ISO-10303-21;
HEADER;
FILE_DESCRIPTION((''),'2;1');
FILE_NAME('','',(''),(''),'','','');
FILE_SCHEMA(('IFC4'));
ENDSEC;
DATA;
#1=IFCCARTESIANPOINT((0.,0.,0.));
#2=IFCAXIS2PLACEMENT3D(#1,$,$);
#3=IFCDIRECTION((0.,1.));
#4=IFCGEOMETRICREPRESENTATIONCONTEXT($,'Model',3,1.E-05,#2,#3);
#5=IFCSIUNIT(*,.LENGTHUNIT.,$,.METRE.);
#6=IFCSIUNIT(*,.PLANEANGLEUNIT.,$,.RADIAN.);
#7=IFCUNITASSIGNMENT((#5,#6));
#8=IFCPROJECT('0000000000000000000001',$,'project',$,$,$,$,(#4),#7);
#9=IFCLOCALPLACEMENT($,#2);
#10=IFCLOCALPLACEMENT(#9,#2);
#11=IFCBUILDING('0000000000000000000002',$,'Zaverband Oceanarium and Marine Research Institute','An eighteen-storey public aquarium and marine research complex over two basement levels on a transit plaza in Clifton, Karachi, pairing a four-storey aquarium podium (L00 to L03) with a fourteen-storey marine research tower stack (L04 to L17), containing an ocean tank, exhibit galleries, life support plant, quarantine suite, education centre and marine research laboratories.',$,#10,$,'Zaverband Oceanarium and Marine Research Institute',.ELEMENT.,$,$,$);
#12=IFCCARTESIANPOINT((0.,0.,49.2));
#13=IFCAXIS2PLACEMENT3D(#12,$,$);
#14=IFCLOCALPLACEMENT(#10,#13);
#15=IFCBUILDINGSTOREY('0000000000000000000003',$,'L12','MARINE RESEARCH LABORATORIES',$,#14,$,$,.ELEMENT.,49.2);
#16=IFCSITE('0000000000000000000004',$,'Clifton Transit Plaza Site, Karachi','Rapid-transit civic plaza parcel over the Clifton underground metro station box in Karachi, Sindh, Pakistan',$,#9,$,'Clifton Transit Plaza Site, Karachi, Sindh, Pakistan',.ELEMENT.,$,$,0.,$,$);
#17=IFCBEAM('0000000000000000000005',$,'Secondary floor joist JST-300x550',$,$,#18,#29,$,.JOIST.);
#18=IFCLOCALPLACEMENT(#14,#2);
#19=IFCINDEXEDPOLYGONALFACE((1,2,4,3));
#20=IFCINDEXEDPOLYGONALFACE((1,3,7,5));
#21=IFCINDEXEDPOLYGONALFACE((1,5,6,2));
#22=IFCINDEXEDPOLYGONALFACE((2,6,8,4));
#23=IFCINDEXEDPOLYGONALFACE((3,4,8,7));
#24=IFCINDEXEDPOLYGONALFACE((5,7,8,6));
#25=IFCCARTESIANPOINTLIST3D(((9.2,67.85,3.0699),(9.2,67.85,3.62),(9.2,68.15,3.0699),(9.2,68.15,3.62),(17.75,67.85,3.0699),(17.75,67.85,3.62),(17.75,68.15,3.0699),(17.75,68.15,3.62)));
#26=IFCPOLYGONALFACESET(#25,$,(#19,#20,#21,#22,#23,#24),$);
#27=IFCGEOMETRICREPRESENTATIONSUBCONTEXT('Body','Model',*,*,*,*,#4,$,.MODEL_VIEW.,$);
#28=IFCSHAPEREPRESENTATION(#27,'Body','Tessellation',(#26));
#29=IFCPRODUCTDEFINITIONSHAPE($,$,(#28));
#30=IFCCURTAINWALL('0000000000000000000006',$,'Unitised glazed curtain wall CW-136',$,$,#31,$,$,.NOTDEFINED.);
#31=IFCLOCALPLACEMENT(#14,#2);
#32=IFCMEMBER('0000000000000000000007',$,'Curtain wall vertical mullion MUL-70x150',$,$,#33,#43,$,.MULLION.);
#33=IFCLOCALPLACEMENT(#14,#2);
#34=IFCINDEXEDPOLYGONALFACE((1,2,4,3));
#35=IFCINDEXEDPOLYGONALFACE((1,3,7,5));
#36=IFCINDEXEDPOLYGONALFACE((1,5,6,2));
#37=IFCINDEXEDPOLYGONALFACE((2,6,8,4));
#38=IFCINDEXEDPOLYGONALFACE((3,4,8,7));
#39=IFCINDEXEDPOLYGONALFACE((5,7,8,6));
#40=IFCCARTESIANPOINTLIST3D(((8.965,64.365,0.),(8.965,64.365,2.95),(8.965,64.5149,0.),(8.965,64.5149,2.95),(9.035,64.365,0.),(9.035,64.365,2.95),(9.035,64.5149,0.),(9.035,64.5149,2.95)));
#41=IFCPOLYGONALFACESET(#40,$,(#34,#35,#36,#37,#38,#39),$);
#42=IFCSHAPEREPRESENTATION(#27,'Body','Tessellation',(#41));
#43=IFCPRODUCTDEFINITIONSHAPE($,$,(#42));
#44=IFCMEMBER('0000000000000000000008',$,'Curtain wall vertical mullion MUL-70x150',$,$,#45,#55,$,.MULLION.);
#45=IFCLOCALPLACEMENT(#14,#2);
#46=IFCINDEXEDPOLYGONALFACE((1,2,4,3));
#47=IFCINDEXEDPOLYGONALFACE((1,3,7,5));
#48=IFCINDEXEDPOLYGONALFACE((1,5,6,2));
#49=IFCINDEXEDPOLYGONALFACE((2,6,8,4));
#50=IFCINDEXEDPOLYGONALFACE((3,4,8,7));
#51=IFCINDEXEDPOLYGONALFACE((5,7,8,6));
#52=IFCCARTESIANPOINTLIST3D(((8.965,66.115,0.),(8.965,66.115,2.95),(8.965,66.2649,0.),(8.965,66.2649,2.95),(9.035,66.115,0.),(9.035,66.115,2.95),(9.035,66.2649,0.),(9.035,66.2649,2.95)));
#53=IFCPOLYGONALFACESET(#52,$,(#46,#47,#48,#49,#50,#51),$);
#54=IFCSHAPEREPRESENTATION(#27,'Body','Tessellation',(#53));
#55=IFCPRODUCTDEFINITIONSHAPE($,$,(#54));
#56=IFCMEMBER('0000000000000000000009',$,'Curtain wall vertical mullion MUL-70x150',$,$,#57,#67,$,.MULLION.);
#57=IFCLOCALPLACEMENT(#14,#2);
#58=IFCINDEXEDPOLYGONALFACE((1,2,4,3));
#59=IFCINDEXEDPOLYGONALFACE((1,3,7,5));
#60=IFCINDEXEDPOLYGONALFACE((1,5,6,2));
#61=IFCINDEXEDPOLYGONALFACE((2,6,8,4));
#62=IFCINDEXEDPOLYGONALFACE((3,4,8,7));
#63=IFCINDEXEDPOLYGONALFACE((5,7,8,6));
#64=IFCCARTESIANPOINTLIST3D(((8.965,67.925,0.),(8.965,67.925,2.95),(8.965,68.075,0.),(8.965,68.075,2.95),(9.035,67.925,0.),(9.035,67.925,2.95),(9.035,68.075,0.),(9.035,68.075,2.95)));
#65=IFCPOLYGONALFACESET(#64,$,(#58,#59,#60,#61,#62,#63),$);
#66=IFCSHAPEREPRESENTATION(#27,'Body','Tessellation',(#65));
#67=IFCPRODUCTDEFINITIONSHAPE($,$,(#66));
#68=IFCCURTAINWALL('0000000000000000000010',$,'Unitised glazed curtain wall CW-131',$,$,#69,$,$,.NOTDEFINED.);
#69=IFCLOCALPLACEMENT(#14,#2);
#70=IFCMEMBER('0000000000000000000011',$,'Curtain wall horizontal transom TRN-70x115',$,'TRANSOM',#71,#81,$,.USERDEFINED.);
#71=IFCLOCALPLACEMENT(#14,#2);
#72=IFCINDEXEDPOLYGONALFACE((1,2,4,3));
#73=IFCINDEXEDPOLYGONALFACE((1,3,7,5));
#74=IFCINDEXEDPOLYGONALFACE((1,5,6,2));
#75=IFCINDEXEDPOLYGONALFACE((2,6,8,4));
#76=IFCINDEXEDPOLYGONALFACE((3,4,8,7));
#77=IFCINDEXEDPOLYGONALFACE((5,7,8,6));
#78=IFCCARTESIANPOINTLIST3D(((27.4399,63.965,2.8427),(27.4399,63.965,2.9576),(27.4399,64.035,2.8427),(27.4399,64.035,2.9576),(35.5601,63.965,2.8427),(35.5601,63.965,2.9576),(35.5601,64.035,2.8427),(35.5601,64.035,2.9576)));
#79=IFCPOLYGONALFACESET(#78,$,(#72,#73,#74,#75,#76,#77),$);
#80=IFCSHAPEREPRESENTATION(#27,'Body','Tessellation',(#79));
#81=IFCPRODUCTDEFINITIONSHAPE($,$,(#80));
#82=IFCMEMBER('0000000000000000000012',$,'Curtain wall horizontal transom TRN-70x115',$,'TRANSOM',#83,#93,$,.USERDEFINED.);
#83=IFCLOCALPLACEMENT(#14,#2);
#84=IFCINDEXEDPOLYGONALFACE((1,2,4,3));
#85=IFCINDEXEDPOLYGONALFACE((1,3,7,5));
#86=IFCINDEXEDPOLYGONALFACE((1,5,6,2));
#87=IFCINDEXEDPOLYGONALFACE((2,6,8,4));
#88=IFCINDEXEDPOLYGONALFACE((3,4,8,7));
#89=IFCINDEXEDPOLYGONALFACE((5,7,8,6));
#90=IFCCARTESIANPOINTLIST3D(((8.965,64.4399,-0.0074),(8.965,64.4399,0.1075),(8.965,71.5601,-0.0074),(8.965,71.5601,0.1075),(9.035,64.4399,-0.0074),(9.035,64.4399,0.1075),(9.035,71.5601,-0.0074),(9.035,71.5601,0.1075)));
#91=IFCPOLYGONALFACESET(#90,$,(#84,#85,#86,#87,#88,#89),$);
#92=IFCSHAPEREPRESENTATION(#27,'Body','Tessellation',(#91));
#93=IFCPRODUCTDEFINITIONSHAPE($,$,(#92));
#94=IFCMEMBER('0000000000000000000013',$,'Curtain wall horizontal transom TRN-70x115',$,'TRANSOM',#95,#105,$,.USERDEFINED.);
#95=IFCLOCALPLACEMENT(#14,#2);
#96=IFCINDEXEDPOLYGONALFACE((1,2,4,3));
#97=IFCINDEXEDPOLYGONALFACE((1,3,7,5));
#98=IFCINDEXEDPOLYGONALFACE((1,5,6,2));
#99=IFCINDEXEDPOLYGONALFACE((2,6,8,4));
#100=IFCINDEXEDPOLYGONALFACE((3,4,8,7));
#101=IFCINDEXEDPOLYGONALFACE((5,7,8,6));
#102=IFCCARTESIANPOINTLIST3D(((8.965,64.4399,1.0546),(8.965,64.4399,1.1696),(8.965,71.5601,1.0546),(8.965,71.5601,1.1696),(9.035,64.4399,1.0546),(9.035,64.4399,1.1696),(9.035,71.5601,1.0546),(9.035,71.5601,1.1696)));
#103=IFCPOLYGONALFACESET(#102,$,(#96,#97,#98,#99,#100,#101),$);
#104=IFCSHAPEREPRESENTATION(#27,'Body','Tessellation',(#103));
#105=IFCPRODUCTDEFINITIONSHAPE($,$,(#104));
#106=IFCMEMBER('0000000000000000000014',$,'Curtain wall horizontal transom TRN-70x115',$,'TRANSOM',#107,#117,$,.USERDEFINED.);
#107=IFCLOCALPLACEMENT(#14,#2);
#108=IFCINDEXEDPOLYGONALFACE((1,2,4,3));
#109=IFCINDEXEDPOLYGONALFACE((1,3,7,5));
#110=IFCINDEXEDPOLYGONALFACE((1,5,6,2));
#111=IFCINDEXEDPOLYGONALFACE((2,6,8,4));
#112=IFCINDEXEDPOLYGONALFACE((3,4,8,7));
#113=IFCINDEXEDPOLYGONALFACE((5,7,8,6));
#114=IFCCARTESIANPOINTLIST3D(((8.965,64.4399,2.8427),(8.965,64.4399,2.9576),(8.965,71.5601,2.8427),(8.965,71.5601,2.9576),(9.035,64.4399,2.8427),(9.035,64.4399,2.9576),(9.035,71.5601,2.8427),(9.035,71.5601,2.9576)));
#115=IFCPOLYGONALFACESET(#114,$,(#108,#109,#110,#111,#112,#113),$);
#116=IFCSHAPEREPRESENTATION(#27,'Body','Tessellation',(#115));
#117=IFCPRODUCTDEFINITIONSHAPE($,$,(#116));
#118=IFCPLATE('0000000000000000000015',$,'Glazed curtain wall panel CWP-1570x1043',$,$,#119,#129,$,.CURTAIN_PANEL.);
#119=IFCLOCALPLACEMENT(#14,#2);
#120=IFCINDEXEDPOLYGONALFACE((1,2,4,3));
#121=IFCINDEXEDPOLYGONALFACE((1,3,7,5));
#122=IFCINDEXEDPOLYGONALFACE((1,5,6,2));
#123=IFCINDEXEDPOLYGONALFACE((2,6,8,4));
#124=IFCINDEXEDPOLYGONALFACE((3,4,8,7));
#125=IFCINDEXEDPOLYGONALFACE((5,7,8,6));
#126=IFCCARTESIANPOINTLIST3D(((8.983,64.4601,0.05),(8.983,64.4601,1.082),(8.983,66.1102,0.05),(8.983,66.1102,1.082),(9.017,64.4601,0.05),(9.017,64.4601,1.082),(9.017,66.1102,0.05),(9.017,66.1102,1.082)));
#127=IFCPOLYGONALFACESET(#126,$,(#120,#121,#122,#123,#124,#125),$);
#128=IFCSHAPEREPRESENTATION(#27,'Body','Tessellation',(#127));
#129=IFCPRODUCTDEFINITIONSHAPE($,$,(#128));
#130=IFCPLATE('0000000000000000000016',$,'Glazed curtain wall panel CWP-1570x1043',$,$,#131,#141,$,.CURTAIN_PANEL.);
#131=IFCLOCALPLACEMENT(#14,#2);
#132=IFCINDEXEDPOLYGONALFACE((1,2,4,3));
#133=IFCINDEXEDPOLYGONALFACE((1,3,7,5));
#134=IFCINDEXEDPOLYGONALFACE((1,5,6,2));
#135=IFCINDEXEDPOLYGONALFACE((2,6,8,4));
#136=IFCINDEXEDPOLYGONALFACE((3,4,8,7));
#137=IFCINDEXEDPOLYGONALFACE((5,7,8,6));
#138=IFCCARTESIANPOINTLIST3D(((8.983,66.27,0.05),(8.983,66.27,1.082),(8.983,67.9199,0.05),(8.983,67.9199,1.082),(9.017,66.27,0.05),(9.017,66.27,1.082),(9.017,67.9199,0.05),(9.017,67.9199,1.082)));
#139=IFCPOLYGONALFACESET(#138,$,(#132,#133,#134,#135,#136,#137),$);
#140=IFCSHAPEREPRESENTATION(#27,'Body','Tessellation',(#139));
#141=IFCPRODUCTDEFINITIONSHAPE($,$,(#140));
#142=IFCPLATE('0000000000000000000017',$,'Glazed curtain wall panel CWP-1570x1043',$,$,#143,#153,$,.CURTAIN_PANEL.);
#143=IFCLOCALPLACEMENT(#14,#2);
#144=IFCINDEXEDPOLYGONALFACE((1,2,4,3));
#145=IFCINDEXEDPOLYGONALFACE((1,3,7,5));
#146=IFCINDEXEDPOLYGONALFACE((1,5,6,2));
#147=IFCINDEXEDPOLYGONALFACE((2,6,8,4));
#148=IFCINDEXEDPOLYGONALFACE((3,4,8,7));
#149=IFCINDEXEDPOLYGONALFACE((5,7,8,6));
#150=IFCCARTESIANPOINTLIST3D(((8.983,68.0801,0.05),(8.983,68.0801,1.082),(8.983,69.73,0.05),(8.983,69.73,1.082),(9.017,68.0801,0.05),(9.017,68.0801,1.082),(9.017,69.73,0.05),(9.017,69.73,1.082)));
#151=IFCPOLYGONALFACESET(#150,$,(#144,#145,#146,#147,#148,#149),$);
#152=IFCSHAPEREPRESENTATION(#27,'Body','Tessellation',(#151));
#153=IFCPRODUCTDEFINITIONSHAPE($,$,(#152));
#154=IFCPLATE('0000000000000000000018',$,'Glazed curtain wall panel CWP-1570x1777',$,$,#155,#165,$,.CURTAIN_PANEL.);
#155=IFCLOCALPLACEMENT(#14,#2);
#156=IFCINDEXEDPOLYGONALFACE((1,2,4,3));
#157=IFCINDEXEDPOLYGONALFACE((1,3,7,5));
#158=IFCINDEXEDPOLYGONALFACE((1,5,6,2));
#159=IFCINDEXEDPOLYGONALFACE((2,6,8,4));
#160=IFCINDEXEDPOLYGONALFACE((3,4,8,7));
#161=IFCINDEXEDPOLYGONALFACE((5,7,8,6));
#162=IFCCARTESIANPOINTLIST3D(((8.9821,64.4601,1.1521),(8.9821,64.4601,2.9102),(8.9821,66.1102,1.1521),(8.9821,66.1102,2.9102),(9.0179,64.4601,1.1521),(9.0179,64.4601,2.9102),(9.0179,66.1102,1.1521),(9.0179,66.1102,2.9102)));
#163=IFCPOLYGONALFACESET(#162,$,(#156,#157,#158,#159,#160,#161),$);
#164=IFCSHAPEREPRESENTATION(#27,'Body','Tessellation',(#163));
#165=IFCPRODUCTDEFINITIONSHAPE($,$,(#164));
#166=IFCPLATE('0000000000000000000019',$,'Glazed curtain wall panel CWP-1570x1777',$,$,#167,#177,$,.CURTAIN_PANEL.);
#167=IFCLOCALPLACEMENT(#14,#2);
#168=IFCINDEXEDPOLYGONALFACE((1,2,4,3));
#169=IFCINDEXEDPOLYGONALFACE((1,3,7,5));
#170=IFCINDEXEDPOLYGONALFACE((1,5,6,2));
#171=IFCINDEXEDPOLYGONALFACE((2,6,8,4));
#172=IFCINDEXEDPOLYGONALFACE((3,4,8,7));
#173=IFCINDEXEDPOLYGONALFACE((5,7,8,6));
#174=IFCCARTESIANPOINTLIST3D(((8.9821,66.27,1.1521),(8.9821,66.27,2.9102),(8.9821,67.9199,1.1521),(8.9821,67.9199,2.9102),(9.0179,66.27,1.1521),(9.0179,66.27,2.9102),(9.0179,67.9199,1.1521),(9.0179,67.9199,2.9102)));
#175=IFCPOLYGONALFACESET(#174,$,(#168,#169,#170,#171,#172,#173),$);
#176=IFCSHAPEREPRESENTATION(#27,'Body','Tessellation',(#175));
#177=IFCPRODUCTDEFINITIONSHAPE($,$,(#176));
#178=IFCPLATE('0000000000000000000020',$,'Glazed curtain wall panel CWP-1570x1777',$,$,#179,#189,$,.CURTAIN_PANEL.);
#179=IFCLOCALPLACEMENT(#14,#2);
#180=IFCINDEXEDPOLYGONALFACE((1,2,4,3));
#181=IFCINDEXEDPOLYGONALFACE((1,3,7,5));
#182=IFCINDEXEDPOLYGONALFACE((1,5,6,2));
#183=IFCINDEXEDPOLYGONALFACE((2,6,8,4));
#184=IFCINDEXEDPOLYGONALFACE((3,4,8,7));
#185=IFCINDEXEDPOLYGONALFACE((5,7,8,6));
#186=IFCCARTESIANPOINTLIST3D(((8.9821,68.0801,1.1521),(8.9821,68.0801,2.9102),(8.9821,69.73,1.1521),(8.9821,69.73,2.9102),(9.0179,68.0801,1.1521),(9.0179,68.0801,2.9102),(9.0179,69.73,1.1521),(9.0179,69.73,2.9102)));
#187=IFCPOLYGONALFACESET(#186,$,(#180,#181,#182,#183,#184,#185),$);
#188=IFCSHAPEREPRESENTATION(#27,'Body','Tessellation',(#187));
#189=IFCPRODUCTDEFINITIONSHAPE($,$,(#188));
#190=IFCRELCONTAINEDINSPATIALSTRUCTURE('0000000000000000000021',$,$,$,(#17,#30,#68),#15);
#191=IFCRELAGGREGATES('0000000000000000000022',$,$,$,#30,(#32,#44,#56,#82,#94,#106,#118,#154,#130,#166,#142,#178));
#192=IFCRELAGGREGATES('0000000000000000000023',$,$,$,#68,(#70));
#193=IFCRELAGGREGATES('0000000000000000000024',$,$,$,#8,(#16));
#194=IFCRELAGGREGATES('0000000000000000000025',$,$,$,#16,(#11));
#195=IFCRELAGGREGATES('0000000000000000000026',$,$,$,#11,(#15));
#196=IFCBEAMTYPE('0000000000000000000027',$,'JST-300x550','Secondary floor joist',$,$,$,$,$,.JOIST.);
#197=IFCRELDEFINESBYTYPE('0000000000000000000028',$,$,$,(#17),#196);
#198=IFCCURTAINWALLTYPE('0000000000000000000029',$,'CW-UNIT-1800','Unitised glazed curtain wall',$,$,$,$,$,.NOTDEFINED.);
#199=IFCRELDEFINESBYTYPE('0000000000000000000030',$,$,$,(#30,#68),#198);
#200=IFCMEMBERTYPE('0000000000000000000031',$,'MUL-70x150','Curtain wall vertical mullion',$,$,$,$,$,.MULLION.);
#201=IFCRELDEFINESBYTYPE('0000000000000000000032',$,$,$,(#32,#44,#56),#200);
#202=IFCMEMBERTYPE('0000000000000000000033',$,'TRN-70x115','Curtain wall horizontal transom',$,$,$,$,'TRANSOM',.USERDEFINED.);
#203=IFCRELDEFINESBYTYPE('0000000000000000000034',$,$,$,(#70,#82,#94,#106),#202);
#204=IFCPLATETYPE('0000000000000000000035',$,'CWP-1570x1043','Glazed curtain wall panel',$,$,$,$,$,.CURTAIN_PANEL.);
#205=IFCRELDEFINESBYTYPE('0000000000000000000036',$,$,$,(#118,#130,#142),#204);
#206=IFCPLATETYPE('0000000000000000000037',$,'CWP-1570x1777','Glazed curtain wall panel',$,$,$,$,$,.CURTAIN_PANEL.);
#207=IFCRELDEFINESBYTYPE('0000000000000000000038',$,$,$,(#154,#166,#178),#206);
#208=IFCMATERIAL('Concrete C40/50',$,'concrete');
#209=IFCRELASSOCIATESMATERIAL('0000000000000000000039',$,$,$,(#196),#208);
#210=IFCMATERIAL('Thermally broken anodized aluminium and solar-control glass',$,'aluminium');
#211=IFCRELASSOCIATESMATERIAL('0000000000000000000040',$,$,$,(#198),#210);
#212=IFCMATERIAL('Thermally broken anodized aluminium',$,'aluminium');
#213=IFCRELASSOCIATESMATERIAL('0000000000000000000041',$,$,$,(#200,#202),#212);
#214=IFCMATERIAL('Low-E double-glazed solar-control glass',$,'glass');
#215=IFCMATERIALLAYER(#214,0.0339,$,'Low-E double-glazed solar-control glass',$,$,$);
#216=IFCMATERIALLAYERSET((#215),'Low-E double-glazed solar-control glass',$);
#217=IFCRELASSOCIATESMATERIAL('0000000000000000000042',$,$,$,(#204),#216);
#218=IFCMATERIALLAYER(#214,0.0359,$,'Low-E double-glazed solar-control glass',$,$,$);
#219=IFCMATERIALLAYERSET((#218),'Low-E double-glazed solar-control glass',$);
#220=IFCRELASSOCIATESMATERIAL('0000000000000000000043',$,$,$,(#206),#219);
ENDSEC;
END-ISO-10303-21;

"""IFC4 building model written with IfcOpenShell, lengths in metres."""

from ifc_helpers import new_model, si_unit, direction, frame, frame_2d, origin, origin_2d, place, context, subcontext, project, spatial, rectangle, extrude, material, layer, layer_set, material_profile, profile_set, type_object, element, aggregate, save


model = new_model("IFC4")

# Units and contexts
model_context = context("Model", 3, precision=1e-05, world=origin(), true_north=direction((0.0, 1.0)))
body_context = subcontext(model_context, "Body", "Model", "MODEL_VIEW")
ifc_project = project(units=[si_unit("LENGTHUNIT", "METRE"), si_unit("PLANEANGLEUNIT", "RADIAN")], contexts=[model_context])

# Site, building, storey
site_placement = place(None, origin())
site = spatial("IfcSite", under=ifc_project, at=site_placement, Name="Clifton Transit Plaza Site, Karachi", Description="Rapid-transit civic plaza parcel over the Clifton underground metro station box in Karachi, Sindh, Pakistan", LongName="Clifton Transit Plaza Site, Karachi, Sindh, Pakistan", CompositionType="ELEMENT", RefElevation=0.0)
building_placement = place(site_placement, origin())
building = spatial("IfcBuilding", under=site, at=building_placement, Name="Zaverband Oceanarium and Marine Research Institute", Description="An eighteen-storey public aquarium and marine research complex over two basement levels on a transit plaza in Clifton, Karachi, pairing a four-storey aquarium podium (L00 to L03) with a fourteen-storey marine research tower stack (L04 to L17), containing an ocean tank, exhibit galleries, life support plant, quarantine suite, education centre and marine research laboratories.", LongName="Zaverband Oceanarium and Marine Research Institute", CompositionType="ELEMENT")
storey_placement = place(building_placement, frame((0.0, 0.0, 49.2)))
storey = spatial("IfcBuildingStorey", under=building, at=storey_placement, Name="L12", Description="MARINE RESEARCH LABORATORIES", CompositionType="ELEMENT", Elevation=49.2)

# Beam
ifc_material_1 = material(Name="Concrete C40/50", Category="concrete")
ifc_material_profile_1 = material_profile(ifc_material_1, rectangle(XDim=0.3, YDim=0.55, at=origin_2d()), Name="RC300x550")
ifc_profile_set_1 = profile_set([ifc_material_profile_1], Name="Concrete C40/50")
beam_type = type_object("IfcBeamType", Name="JST-300x550", Description="Secondary floor joist", PredefinedType="JOIST", material=ifc_profile_set_1)
beam_placement = place(storey_placement, frame((9.2, 68.0, 3.345), z_axis=(1.0, 0.0, 0.0), x_axis=(0.0, 1.0, 0.0)))
element("IfcBeam", 1, at=beam_placement, inside=storey, type_object=beam_type, Name="Secondary floor joist JST-300x550", PredefinedType="JOIST", context=body_context, shape_type="SweptSolid", body=[
    extrude(rectangle(XDim=0.3, YDim=0.55, at=origin_2d()), origin(), (0.0, 0.0, 1.0), 8.55),
])

# Curtain wall, members
ifc_material_2 = material(Name="Thermally broken anodized aluminium and solar-control glass", Category="aluminium")
curtain_wall_type = type_object("IfcCurtainWallType", Name="CW-UNIT-1800", Description="Unitised glazed curtain wall", PredefinedType="NOTDEFINED", material=ifc_material_2)
curtain_wall_1_placement = place(storey_placement, origin())
curtain_wall_1 = element("IfcCurtainWall", 2, at=curtain_wall_1_placement, inside=storey, type_object=curtain_wall_type, Name="Unitised glazed curtain wall CW-136", PredefinedType="NOTDEFINED")
ifc_material_3 = material(Name="Thermally broken anodized aluminium", Category="aluminium")
ifc_material_profile_2 = material_profile(ifc_material_3, rectangle(XDim=0.0701, YDim=0.1499, at=origin_2d()), Name="AL-MUL-70x150")
ifc_profile_set_2 = profile_set([ifc_material_profile_2], Name="Thermally broken anodized aluminium")
member_type_1 = type_object("IfcMemberType", Name="MUL-70x150", Description="Curtain wall vertical mullion", PredefinedType="MULLION", material=ifc_profile_set_2)
member_1_placement = place(storey_placement, frame((9.0, 64.4399, 0.0), z_axis=(0.0, 0.0, 1.0), x_axis=(1.0, 0.0, 0.0)))
member_1 = element("IfcMember", 3, at=member_1_placement, type_object=member_type_1, Name="Curtain wall vertical mullion MUL-70x150", PredefinedType="MULLION", context=body_context, shape_type="SweptSolid", body=[
    extrude(rectangle(XDim=0.0701, YDim=0.1499, at=origin_2d()), origin(), (0.0, 0.0, 1.0), 2.95),
])
member_2_placement = place(storey_placement, frame((9.0, 66.1899, 0.0), z_axis=(0.0, 0.0, 1.0), x_axis=(1.0, 0.0, 0.0)))
member_2 = element("IfcMember", 4, at=member_2_placement, type_object=member_type_1, Name="Curtain wall vertical mullion MUL-70x150", PredefinedType="MULLION", context=body_context, shape_type="SweptSolid", body=[
    extrude(rectangle(XDim=0.0701, YDim=0.1499, at=origin_2d()), origin(), (0.0, 0.0, 1.0), 2.95),
])
member_3_placement = place(storey_placement, frame((9.0, 68.0, 0.0), z_axis=(0.0, 0.0, 1.0), x_axis=(1.0, 0.0, 0.0)))
member_3 = element("IfcMember", 5, at=member_3_placement, type_object=member_type_1, Name="Curtain wall vertical mullion MUL-70x150", PredefinedType="MULLION", context=body_context, shape_type="SweptSolid", body=[
    extrude(rectangle(XDim=0.0701, YDim=0.1499, at=origin_2d()), origin(), (0.0, 0.0, 1.0), 2.95),
])

# Curtain wall, member
curtain_wall_2_placement = place(storey_placement, origin())
curtain_wall_2 = element("IfcCurtainWall", 6, at=curtain_wall_2_placement, inside=storey, type_object=curtain_wall_type, Name="Unitised glazed curtain wall CW-131", PredefinedType="NOTDEFINED")
ifc_material_profile_3 = material_profile(ifc_material_3, rectangle(XDim=0.0701, YDim=0.115, at=origin_2d()), Name="AL-TRN-70x115")
ifc_profile_set_3 = profile_set([ifc_material_profile_3], Name="Thermally broken anodized aluminium")
member_type_2 = type_object("IfcMemberType", Name="TRN-70x115", Description="Curtain wall horizontal transom", ElementType="TRANSOM", PredefinedType="USERDEFINED", material=ifc_profile_set_3)
member_4_placement = place(storey_placement, frame((27.4399, 64.0, 2.9001), z_axis=(1.0, 0.0, 0.0), x_axis=(0.0, 1.0, 0.0)))
member_4 = element("IfcMember", 7, at=member_4_placement, type_object=member_type_2, Name="Curtain wall horizontal transom TRN-70x115", ObjectType="TRANSOM", PredefinedType="USERDEFINED", context=body_context, shape_type="SweptSolid", body=[
    extrude(rectangle(XDim=0.0701, YDim=0.115, at=origin_2d()), origin(), (0.0, 0.0, 1.0), 8.1201),
])

# Members
member_5_placement = place(storey_placement, frame((9.0, 64.4399, 0.05), z_axis=(0.0, 1.0, 0.0), x_axis=(-1.0, 0.0, 0.0)))
member_5 = element("IfcMember", 8, at=member_5_placement, type_object=member_type_2, Name="Curtain wall horizontal transom TRN-70x115", ObjectType="TRANSOM", PredefinedType="USERDEFINED", context=body_context, shape_type="SweptSolid", body=[
    extrude(rectangle(XDim=0.0701, YDim=0.115, at=origin_2d()), origin(), (0.0, 0.0, 1.0), 7.1201),
])
member_6_placement = place(storey_placement, frame((9.0, 64.4399, 1.1121), z_axis=(0.0, 1.0, 0.0), x_axis=(-1.0, 0.0, 0.0)))
member_6 = element("IfcMember", 9, at=member_6_placement, type_object=member_type_2, Name="Curtain wall horizontal transom TRN-70x115", ObjectType="TRANSOM", PredefinedType="USERDEFINED", context=body_context, shape_type="SweptSolid", body=[
    extrude(rectangle(XDim=0.0701, YDim=0.115, at=origin_2d()), origin(), (0.0, 0.0, 1.0), 7.1201),
])
member_7_placement = place(storey_placement, frame((9.0, 64.4399, 2.9001), z_axis=(0.0, 1.0, 0.0), x_axis=(-1.0, 0.0, 0.0)))
member_7 = element("IfcMember", 10, at=member_7_placement, type_object=member_type_2, Name="Curtain wall horizontal transom TRN-70x115", ObjectType="TRANSOM", PredefinedType="USERDEFINED", context=body_context, shape_type="SweptSolid", body=[
    extrude(rectangle(XDim=0.0701, YDim=0.115, at=origin_2d()), origin(), (0.0, 0.0, 1.0), 7.1201),
])

# Plates
ifc_material_4 = material(Name="Low-E double-glazed solar-control glass", Category="glass")
ifc_layer_1 = layer(ifc_material_4, 0.0339, Name="Low-E double-glazed solar-control glass")
ifc_layer_set_1 = layer_set([ifc_layer_1], Name="Low-E double-glazed solar-control glass")
plate_type_1 = type_object("IfcPlateType", Name="CWP-1570x1043", Description="Glazed curtain wall panel", PredefinedType="CURTAIN_PANEL", material=ifc_layer_set_1)
plate_1_placement = place(storey_placement, frame((9.0, 64.46, 0.05), z_axis=(0.0, 0.0, 1.0), x_axis=(0.0, 1.0, 0.0)))
plate_1 = element("IfcPlate", 11, at=plate_1_placement, type_object=plate_type_1, Name="Glazed curtain wall panel CWP-1570x1043", PredefinedType="CURTAIN_PANEL", context=body_context, shape_type="SweptSolid", body=[
    extrude(rectangle(XDim=1.6501, YDim=0.0339, at=frame_2d((0.8252, 0.0))), origin(), (0.0, 0.0, 1.0), 1.032),
])
plate_2_placement = place(storey_placement, frame((9.0, 66.27, 0.05), z_axis=(0.0, 0.0, 1.0), x_axis=(0.0, 1.0, 0.0)))
plate_2 = element("IfcPlate", 12, at=plate_2_placement, type_object=plate_type_1, Name="Glazed curtain wall panel CWP-1570x1043", PredefinedType="CURTAIN_PANEL", context=body_context, shape_type="SweptSolid", body=[
    extrude(rectangle(XDim=1.6499, YDim=0.0339, at=frame_2d((0.825, 0.0))), origin(), (0.0, 0.0, 1.0), 1.032),
])
plate_3_placement = place(storey_placement, frame((9.0, 68.0801, 0.05), z_axis=(0.0, 0.0, 1.0), x_axis=(0.0, 1.0, 0.0)))
plate_3 = element("IfcPlate", 13, at=plate_3_placement, type_object=plate_type_1, Name="Glazed curtain wall panel CWP-1570x1043", PredefinedType="CURTAIN_PANEL", context=body_context, shape_type="SweptSolid", body=[
    extrude(rectangle(XDim=1.6499, YDim=0.0339, at=frame_2d((0.825, 0.0))), origin(), (0.0, 0.0, 1.0), 1.032),
])
ifc_layer_2 = layer(ifc_material_4, 0.0359, Name="Low-E double-glazed solar-control glass")
ifc_layer_set_2 = layer_set([ifc_layer_2], Name="Low-E double-glazed solar-control glass")
plate_type_2 = type_object("IfcPlateType", Name="CWP-1570x1777", Description="Glazed curtain wall panel", PredefinedType="CURTAIN_PANEL", material=ifc_layer_set_2)
plate_4_placement = place(storey_placement, frame((9.0, 64.46, 1.1521), z_axis=(0.0, 0.0, 1.0), x_axis=(0.0, 1.0, 0.0)))
plate_4 = element("IfcPlate", 14, at=plate_4_placement, type_object=plate_type_2, Name="Glazed curtain wall panel CWP-1570x1777", PredefinedType="CURTAIN_PANEL", context=body_context, shape_type="SweptSolid", body=[
    extrude(rectangle(XDim=1.6501, YDim=0.0359, at=frame_2d((0.8252, 0.0))), origin(), (0.0, 0.0, 1.0), 1.7581),
])
plate_5_placement = place(storey_placement, frame((9.0, 66.27, 1.1521), z_axis=(0.0, 0.0, 1.0), x_axis=(0.0, 1.0, 0.0)))
plate_5 = element("IfcPlate", 15, at=plate_5_placement, type_object=plate_type_2, Name="Glazed curtain wall panel CWP-1570x1777", PredefinedType="CURTAIN_PANEL", context=body_context, shape_type="SweptSolid", body=[
    extrude(rectangle(XDim=1.6499, YDim=0.0359, at=frame_2d((0.825, 0.0))), origin(), (0.0, 0.0, 1.0), 1.7581),
])
plate_6_placement = place(storey_placement, frame((9.0, 68.0801, 1.1521), z_axis=(0.0, 0.0, 1.0), x_axis=(0.0, 1.0, 0.0)))
plate_6 = element("IfcPlate", 16, at=plate_6_placement, type_object=plate_type_2, Name="Glazed curtain wall panel CWP-1570x1777", PredefinedType="CURTAIN_PANEL", context=body_context, shape_type="SweptSolid", body=[
    extrude(rectangle(XDim=1.6499, YDim=0.0359, at=frame_2d((0.825, 0.0))), origin(), (0.0, 0.0, 1.0), 1.7581),
])
aggregate(curtain_wall_1, [member_1, member_2, member_3, member_5, member_6, member_7, plate_1, plate_4, plate_2, plate_5, plate_3, plate_6])
aggregate(curtain_wall_2, [member_4])

save(model, "model.ifc")
